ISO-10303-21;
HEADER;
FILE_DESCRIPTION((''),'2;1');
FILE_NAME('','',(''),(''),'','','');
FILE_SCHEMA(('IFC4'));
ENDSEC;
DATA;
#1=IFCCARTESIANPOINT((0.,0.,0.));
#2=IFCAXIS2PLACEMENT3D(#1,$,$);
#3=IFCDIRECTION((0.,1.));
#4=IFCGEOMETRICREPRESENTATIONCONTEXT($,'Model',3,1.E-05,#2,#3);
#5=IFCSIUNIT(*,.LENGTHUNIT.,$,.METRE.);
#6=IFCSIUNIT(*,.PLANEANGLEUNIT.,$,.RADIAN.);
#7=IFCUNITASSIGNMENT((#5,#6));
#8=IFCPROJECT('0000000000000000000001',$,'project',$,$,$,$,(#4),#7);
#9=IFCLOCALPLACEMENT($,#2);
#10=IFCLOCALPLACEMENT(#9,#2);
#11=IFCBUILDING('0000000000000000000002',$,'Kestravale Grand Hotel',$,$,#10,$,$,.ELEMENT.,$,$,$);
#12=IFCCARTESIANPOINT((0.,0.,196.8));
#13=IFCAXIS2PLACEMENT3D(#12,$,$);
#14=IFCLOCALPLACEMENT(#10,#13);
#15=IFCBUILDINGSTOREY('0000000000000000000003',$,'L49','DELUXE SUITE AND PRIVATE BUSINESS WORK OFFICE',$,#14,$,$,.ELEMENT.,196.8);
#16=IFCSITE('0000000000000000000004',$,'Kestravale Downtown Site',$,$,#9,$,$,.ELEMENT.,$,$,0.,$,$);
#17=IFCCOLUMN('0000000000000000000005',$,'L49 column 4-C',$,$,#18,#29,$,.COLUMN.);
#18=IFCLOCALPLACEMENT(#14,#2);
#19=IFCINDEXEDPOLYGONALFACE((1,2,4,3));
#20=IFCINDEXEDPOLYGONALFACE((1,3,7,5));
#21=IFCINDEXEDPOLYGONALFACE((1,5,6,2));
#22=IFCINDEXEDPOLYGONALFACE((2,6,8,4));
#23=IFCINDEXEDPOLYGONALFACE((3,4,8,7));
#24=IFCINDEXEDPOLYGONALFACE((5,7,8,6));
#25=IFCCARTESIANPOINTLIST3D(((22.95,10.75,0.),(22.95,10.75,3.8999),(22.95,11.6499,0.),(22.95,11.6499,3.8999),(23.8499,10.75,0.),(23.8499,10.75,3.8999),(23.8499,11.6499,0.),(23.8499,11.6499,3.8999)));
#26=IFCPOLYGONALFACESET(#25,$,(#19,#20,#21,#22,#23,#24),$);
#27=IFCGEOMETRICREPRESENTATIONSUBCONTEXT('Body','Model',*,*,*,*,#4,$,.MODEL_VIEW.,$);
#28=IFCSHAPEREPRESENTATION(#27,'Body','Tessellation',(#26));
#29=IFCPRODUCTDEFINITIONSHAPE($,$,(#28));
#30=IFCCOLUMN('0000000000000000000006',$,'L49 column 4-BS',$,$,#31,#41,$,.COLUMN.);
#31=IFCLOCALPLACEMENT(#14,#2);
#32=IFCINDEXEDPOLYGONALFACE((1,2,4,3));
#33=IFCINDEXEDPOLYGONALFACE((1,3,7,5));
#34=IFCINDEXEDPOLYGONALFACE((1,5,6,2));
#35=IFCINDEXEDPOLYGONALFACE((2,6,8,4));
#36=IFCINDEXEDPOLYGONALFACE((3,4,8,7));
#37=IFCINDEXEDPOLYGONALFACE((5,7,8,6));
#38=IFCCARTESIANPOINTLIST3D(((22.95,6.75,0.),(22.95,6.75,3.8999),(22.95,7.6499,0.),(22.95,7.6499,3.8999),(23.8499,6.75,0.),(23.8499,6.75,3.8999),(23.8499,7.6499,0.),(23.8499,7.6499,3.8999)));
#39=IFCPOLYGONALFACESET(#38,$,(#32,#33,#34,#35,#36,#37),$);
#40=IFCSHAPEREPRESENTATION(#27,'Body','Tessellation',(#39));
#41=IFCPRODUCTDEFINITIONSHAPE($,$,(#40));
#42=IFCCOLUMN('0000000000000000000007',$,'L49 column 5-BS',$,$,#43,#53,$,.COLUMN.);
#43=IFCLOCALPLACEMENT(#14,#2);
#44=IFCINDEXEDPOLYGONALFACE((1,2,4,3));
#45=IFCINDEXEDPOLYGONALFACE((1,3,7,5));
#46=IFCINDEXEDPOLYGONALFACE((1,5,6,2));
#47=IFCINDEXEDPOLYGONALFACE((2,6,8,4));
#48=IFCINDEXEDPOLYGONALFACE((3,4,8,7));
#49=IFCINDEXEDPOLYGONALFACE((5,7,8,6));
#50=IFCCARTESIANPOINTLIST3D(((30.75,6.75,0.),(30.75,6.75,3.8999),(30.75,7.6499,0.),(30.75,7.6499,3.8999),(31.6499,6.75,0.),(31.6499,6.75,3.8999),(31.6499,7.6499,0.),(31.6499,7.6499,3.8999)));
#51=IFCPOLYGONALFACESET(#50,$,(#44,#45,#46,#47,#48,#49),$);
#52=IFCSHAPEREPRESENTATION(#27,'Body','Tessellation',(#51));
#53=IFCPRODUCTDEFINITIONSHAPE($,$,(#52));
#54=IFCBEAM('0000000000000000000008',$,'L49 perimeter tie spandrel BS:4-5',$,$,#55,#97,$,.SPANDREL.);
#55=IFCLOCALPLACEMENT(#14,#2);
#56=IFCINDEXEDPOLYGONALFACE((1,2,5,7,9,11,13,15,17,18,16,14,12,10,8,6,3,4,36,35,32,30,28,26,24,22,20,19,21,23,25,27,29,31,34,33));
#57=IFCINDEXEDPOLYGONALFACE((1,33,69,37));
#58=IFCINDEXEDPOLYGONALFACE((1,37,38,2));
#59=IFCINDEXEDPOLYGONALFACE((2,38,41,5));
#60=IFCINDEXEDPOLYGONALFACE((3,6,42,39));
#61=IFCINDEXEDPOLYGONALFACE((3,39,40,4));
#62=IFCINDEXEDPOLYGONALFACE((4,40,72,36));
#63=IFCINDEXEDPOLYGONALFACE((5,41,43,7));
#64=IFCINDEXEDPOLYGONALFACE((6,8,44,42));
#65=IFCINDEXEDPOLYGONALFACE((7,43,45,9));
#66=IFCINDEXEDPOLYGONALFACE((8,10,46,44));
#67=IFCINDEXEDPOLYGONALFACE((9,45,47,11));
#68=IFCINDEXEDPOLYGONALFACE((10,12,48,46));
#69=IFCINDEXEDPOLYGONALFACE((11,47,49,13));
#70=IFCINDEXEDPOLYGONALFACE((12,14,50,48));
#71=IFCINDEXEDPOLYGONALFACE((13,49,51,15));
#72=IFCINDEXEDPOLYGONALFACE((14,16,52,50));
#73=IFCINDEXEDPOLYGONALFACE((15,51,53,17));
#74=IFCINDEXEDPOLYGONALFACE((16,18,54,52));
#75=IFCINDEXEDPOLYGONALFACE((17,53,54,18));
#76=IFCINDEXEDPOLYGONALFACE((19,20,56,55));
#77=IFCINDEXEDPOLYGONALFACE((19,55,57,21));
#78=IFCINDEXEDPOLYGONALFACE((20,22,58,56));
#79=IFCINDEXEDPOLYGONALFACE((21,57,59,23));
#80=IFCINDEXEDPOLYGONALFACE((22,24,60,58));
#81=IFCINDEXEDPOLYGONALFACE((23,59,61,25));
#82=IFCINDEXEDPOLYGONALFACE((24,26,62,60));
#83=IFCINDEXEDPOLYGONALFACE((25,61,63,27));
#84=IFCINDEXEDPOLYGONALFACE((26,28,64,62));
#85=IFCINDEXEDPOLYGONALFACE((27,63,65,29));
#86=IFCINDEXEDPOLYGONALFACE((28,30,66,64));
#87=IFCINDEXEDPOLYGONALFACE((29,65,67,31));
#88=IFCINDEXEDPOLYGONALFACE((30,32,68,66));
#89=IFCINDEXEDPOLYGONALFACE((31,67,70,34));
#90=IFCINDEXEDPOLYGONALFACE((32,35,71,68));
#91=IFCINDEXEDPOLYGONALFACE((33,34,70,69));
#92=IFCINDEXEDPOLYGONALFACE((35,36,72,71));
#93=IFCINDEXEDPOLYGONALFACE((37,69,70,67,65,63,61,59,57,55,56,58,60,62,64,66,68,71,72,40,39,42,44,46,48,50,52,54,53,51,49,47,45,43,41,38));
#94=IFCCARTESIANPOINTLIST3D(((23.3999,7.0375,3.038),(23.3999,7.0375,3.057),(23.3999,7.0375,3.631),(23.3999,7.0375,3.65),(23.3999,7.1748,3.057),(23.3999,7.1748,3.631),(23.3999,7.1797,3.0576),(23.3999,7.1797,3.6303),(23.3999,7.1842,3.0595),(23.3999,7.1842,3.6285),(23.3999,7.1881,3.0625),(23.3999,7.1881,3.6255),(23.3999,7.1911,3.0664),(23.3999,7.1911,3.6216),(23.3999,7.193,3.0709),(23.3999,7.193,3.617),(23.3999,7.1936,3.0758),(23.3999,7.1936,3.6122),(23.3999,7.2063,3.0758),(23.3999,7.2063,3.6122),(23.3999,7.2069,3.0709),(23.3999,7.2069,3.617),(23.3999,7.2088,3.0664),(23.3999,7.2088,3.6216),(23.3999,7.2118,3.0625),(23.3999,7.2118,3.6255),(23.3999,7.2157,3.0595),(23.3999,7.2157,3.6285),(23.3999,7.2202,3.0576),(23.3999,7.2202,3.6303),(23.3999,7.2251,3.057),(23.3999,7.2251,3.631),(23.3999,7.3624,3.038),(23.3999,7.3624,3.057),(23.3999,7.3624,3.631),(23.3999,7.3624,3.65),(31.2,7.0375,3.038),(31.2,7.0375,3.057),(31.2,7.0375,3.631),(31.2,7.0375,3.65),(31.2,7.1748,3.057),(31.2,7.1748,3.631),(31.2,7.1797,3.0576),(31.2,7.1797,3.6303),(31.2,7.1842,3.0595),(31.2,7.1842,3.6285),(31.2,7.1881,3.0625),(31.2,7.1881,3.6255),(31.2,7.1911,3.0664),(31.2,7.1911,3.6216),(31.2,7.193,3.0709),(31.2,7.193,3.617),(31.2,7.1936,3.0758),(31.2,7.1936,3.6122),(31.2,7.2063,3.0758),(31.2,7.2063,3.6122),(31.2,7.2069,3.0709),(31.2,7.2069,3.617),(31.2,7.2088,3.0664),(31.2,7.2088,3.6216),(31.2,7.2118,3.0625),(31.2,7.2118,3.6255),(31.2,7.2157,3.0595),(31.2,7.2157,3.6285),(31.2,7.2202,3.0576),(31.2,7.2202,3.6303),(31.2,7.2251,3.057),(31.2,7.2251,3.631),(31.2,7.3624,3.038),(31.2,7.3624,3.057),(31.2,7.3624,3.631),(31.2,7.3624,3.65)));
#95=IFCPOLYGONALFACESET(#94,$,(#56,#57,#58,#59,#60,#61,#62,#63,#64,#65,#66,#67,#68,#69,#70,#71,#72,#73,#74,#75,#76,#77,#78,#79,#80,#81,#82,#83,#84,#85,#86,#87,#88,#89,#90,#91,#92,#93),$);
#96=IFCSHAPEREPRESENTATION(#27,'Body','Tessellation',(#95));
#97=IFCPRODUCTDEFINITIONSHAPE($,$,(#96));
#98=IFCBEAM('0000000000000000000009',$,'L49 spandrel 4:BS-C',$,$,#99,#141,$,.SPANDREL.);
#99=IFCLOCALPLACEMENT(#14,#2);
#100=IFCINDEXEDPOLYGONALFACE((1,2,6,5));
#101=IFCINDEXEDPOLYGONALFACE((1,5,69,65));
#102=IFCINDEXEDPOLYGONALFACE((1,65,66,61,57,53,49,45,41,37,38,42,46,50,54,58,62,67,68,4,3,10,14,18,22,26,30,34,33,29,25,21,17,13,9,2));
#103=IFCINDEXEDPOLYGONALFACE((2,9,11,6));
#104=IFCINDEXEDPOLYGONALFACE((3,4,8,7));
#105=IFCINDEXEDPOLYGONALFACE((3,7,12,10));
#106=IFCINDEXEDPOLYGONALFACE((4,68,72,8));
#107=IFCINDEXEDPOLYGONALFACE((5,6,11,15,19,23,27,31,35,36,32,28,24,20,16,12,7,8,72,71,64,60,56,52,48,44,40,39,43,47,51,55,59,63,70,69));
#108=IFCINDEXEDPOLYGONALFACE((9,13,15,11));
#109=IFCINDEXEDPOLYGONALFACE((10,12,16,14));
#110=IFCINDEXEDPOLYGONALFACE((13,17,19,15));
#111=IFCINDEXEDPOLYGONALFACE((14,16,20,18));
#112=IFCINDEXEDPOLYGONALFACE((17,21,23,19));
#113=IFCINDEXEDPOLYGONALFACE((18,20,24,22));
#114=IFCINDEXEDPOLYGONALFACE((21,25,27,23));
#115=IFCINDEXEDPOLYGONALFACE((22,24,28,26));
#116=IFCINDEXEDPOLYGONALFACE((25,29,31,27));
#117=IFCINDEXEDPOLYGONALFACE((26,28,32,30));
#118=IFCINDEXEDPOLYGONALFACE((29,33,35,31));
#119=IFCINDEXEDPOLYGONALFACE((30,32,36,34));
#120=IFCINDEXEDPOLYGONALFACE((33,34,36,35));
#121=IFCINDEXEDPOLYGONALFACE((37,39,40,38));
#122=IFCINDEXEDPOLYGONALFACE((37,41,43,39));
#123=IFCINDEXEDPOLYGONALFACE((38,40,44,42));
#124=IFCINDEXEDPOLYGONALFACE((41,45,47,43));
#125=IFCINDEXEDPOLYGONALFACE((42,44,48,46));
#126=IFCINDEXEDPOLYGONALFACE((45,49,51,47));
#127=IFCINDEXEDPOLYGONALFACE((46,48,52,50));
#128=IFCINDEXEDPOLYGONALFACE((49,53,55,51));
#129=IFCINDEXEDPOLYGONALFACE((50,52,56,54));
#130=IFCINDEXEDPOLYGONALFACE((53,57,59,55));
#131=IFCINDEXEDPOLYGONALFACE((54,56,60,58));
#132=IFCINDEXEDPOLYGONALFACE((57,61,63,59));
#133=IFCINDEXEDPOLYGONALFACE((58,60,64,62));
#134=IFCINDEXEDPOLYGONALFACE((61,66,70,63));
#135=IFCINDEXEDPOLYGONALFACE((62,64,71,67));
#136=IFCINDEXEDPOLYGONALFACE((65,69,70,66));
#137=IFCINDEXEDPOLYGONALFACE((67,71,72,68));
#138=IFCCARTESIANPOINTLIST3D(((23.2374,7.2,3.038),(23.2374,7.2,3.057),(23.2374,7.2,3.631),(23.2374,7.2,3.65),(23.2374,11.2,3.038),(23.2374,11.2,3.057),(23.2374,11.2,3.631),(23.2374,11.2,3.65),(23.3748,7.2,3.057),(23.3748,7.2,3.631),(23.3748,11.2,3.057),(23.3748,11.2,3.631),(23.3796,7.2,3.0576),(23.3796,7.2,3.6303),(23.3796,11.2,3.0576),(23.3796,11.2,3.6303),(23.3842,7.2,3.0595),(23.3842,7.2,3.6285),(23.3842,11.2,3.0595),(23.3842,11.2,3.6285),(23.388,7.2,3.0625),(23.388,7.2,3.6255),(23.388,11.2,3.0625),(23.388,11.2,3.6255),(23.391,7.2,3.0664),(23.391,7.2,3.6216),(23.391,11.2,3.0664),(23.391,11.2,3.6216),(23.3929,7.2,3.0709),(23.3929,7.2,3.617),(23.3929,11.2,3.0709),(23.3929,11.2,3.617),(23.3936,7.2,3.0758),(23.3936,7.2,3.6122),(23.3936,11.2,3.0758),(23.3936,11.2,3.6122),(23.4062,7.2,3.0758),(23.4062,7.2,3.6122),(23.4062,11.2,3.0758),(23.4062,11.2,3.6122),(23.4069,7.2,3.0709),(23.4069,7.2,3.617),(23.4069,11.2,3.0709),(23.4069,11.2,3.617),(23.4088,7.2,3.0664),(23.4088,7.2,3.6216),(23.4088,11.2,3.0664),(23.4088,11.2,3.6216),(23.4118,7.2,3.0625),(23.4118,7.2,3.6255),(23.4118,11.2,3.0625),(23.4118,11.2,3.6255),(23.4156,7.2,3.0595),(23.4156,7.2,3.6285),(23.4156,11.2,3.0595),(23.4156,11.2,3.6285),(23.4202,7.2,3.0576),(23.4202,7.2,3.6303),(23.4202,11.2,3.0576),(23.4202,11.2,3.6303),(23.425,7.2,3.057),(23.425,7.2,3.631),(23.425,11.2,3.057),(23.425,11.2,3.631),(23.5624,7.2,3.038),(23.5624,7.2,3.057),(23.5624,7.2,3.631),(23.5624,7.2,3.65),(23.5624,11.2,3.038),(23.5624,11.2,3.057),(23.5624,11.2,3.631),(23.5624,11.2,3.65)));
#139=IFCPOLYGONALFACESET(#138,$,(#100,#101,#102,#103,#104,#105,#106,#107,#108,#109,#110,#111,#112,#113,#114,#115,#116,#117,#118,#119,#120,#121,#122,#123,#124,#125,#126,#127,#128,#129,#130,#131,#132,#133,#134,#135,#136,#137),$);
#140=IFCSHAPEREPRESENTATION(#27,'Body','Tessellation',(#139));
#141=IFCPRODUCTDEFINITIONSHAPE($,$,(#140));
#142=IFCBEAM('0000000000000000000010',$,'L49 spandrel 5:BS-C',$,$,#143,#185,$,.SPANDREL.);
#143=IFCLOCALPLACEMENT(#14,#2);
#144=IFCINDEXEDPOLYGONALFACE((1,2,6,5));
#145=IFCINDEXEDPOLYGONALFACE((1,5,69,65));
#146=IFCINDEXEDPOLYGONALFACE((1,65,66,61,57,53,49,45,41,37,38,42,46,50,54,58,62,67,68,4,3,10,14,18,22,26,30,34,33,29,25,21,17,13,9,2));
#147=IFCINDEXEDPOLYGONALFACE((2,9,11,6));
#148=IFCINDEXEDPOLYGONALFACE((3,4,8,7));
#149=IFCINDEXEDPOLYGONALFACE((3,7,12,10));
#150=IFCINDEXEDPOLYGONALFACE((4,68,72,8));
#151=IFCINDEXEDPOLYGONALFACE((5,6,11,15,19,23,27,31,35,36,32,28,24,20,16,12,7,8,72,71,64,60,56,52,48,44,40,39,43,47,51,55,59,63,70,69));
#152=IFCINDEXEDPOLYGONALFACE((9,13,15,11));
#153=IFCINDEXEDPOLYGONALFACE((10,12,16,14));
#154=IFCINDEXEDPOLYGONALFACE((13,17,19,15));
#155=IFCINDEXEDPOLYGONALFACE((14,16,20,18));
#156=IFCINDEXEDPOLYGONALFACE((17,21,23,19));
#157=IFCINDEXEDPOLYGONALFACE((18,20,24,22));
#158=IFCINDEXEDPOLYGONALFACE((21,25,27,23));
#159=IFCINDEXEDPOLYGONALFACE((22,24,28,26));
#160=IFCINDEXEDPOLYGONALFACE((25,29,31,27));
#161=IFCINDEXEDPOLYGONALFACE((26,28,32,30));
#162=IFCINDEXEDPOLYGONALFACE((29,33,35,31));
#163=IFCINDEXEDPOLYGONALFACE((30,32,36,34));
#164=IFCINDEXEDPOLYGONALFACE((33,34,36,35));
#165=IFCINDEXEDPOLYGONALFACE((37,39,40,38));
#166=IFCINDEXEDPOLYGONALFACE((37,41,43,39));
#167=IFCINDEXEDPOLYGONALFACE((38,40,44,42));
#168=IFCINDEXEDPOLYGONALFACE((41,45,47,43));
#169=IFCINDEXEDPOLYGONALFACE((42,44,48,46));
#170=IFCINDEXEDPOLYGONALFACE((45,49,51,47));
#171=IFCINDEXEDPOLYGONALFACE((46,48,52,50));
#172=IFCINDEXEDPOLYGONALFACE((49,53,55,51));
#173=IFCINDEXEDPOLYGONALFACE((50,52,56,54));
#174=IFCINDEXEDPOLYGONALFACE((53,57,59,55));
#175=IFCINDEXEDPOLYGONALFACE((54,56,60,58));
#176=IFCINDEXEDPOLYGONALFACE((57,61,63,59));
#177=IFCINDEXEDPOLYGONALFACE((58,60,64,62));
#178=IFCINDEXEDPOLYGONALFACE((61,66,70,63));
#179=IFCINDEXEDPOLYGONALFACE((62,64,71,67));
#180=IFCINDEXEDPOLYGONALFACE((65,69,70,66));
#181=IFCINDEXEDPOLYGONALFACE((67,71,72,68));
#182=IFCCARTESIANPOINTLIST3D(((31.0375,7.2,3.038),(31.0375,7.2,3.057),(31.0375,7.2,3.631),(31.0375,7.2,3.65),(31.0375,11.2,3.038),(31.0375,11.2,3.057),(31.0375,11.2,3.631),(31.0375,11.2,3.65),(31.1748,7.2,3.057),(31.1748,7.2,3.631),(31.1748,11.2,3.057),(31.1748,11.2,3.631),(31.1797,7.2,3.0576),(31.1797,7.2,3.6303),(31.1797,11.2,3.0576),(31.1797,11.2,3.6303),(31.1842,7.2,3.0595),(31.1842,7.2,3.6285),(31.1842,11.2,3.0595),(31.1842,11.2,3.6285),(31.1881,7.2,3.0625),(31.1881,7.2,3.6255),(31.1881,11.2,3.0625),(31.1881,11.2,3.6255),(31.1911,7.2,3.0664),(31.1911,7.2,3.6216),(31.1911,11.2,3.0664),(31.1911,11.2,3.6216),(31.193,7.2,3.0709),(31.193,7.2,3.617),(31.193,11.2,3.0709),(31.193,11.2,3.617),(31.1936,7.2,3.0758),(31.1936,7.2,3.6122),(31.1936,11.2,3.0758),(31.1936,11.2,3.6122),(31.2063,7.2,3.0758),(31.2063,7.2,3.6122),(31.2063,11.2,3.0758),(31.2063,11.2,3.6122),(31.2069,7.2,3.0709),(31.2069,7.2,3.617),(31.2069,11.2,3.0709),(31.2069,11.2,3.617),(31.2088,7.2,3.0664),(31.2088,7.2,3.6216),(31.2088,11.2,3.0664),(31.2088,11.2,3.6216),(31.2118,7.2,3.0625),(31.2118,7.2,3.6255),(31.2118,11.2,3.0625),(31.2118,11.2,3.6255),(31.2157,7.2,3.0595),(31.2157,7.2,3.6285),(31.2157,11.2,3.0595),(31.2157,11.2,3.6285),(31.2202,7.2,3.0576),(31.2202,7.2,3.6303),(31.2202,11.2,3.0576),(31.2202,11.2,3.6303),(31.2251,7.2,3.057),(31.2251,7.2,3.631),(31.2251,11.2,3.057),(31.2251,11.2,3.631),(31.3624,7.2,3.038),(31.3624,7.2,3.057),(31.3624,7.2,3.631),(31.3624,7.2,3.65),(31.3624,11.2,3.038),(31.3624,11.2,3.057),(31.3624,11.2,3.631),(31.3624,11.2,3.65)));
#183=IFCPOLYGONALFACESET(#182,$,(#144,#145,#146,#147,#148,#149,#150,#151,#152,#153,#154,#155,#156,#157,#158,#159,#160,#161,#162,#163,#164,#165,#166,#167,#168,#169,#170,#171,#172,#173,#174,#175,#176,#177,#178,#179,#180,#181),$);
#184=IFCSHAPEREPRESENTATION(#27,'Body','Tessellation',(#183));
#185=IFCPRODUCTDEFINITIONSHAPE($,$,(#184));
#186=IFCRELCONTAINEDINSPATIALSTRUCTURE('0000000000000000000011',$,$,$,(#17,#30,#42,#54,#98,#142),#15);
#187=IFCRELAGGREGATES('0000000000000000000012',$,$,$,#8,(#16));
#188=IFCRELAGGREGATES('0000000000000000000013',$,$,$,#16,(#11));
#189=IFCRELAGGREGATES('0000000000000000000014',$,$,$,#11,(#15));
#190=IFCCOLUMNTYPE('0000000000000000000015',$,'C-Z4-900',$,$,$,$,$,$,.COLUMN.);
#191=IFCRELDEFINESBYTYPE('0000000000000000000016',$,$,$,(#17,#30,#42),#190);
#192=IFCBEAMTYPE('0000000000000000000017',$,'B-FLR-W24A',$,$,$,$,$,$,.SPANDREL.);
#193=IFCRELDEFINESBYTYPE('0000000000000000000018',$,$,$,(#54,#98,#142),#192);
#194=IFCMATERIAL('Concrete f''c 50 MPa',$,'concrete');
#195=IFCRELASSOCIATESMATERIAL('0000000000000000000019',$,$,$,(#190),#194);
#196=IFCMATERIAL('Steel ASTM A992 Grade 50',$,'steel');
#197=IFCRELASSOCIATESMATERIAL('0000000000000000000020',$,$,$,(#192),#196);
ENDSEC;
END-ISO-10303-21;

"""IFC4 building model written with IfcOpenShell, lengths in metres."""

from ifc_helpers import new_model, si_unit, direction, frame, origin, origin_2d, place, context, subcontext, project, spatial, rectangle, i_section, extrude, material, material_profile, profile_set, type_object, element, save


model = new_model("IFC4")

# Units and contexts
model_context = context("Model", 3, precision=1e-05, world=origin(), true_north=direction((0.0, 1.0)))
body_context = subcontext(model_context, "Body", "Model", "MODEL_VIEW")
ifc_project = project(units=[si_unit("LENGTHUNIT", "METRE"), si_unit("PLANEANGLEUNIT", "RADIAN")], contexts=[model_context])

# Site, building, storey
site_placement = place(None, origin())
site = spatial("IfcSite", under=ifc_project, at=site_placement, Name="Kestravale Downtown Site", CompositionType="ELEMENT", RefElevation=0.0)
building_placement = place(site_placement, origin())
building = spatial("IfcBuilding", under=site, at=building_placement, Name="Kestravale Grand Hotel", CompositionType="ELEMENT")
storey_placement = place(building_placement, frame((0.0, 0.0, 196.8)))
storey = spatial("IfcBuildingStorey", under=building, at=storey_placement, Name="L49", Description="DELUXE SUITE AND PRIVATE BUSINESS WORK OFFICE", CompositionType="ELEMENT", Elevation=196.8)

# Columns
ifc_material_1 = material(Name="Concrete f'c 50 MPa", Category="concrete")
ifc_material_profile_1 = material_profile(ifc_material_1, rectangle(XDim=0.8999, YDim=0.8999, at=origin_2d()))
ifc_profile_set_1 = profile_set([ifc_material_profile_1], Name="Concrete f'c 50 MPa")
column_type = type_object("IfcColumnType", Name="C-Z4-900", PredefinedType="COLUMN", material=ifc_profile_set_1)
for number, where, z_axis, x_axis, name in (
    (1, (23.3999, 11.2, 0.0), (0.0, 0.0, 1.0), (1.0, 0.0, 0.0), "L49 column 4-C"),
    (2, (23.3999, 7.2, 0.0), (0.0, 0.0, 1.0), (1.0, 0.0, 0.0), "L49 column 4-BS"),
    (3, (31.2, 7.2, 0.0), (0.0, 0.0, 1.0), (1.0, 0.0, 0.0), "L49 column 5-BS"),
):
    element("IfcColumn", number, at=place(storey_placement, frame(where, z_axis=z_axis, x_axis=x_axis)), inside=storey, type_object=column_type, Name=name, PredefinedType="COLUMN", context=body_context, shape_type="SweptSolid", body=[
        extrude(rectangle(XDim=0.8999, YDim=0.8999, at=origin_2d()), origin(), (0.0, 0.0, 1.0), 3.8999),
    ])

# Beams
ifc_material_2 = material(Name="Steel ASTM A992 Grade 50", Category="steel")
ifc_material_profile_2 = material_profile(ifc_material_2, i_section(OverallWidth=0.325, OverallDepth=0.6121, WebThickness=0.0127, FlangeThickness=0.019, FilletRadius=0.0188, at=origin_2d()))
ifc_profile_set_2 = profile_set([ifc_material_profile_2], Name="Steel ASTM A992 Grade 50")
beam_type_1 = type_object("IfcBeamType", Name="B-FLR-W24A", PredefinedType="SPANDREL", material=ifc_profile_set_2)
beam_1_placement = place(storey_placement, frame((23.3999, 7.2, 3.344), z_axis=(1.0, 0.0, 0.0), x_axis=(0.0, 1.0, 0.0)))
element("IfcBeam", 4, at=beam_1_placement, inside=storey, type_object=beam_type_1, Name="L49 perimeter tie spandrel BS:4-5", PredefinedType="SPANDREL", context=body_context, shape_type="SweptSolid", body=[
    extrude(i_section(OverallWidth=0.325, OverallDepth=0.6121, WebThickness=0.0127, FlangeThickness=0.019, FilletRadius=0.0188, at=origin_2d()), origin(), (0.0, 0.0, 1.0), 7.8),
])
for number, where, z_axis, x_axis, name in (
    (5, (23.3999, 7.2, 3.344), (0.0, 1.0, 0.0), (-1.0, 0.0, 0.0), "L49 spandrel 4:BS-C"),
    (6, (31.2, 7.2, 3.344), (0.0, 1.0, 0.0), (-1.0, 0.0, 0.0), "L49 spandrel 5:BS-C"),
):
    element("IfcBeam", number, at=place(storey_placement, frame(where, z_axis=z_axis, x_axis=x_axis)), inside=storey, type_object=beam_type_1, Name=name, PredefinedType="SPANDREL", context=body_context, shape_type="SweptSolid", body=[
        extrude(i_section(OverallWidth=0.325, OverallDepth=0.6121, WebThickness=0.0127, FlangeThickness=0.019, FilletRadius=0.0188, at=origin_2d()), origin(), (0.0, 0.0, 1.0), 4.0),
    ])

save(model, "model.ifc")
